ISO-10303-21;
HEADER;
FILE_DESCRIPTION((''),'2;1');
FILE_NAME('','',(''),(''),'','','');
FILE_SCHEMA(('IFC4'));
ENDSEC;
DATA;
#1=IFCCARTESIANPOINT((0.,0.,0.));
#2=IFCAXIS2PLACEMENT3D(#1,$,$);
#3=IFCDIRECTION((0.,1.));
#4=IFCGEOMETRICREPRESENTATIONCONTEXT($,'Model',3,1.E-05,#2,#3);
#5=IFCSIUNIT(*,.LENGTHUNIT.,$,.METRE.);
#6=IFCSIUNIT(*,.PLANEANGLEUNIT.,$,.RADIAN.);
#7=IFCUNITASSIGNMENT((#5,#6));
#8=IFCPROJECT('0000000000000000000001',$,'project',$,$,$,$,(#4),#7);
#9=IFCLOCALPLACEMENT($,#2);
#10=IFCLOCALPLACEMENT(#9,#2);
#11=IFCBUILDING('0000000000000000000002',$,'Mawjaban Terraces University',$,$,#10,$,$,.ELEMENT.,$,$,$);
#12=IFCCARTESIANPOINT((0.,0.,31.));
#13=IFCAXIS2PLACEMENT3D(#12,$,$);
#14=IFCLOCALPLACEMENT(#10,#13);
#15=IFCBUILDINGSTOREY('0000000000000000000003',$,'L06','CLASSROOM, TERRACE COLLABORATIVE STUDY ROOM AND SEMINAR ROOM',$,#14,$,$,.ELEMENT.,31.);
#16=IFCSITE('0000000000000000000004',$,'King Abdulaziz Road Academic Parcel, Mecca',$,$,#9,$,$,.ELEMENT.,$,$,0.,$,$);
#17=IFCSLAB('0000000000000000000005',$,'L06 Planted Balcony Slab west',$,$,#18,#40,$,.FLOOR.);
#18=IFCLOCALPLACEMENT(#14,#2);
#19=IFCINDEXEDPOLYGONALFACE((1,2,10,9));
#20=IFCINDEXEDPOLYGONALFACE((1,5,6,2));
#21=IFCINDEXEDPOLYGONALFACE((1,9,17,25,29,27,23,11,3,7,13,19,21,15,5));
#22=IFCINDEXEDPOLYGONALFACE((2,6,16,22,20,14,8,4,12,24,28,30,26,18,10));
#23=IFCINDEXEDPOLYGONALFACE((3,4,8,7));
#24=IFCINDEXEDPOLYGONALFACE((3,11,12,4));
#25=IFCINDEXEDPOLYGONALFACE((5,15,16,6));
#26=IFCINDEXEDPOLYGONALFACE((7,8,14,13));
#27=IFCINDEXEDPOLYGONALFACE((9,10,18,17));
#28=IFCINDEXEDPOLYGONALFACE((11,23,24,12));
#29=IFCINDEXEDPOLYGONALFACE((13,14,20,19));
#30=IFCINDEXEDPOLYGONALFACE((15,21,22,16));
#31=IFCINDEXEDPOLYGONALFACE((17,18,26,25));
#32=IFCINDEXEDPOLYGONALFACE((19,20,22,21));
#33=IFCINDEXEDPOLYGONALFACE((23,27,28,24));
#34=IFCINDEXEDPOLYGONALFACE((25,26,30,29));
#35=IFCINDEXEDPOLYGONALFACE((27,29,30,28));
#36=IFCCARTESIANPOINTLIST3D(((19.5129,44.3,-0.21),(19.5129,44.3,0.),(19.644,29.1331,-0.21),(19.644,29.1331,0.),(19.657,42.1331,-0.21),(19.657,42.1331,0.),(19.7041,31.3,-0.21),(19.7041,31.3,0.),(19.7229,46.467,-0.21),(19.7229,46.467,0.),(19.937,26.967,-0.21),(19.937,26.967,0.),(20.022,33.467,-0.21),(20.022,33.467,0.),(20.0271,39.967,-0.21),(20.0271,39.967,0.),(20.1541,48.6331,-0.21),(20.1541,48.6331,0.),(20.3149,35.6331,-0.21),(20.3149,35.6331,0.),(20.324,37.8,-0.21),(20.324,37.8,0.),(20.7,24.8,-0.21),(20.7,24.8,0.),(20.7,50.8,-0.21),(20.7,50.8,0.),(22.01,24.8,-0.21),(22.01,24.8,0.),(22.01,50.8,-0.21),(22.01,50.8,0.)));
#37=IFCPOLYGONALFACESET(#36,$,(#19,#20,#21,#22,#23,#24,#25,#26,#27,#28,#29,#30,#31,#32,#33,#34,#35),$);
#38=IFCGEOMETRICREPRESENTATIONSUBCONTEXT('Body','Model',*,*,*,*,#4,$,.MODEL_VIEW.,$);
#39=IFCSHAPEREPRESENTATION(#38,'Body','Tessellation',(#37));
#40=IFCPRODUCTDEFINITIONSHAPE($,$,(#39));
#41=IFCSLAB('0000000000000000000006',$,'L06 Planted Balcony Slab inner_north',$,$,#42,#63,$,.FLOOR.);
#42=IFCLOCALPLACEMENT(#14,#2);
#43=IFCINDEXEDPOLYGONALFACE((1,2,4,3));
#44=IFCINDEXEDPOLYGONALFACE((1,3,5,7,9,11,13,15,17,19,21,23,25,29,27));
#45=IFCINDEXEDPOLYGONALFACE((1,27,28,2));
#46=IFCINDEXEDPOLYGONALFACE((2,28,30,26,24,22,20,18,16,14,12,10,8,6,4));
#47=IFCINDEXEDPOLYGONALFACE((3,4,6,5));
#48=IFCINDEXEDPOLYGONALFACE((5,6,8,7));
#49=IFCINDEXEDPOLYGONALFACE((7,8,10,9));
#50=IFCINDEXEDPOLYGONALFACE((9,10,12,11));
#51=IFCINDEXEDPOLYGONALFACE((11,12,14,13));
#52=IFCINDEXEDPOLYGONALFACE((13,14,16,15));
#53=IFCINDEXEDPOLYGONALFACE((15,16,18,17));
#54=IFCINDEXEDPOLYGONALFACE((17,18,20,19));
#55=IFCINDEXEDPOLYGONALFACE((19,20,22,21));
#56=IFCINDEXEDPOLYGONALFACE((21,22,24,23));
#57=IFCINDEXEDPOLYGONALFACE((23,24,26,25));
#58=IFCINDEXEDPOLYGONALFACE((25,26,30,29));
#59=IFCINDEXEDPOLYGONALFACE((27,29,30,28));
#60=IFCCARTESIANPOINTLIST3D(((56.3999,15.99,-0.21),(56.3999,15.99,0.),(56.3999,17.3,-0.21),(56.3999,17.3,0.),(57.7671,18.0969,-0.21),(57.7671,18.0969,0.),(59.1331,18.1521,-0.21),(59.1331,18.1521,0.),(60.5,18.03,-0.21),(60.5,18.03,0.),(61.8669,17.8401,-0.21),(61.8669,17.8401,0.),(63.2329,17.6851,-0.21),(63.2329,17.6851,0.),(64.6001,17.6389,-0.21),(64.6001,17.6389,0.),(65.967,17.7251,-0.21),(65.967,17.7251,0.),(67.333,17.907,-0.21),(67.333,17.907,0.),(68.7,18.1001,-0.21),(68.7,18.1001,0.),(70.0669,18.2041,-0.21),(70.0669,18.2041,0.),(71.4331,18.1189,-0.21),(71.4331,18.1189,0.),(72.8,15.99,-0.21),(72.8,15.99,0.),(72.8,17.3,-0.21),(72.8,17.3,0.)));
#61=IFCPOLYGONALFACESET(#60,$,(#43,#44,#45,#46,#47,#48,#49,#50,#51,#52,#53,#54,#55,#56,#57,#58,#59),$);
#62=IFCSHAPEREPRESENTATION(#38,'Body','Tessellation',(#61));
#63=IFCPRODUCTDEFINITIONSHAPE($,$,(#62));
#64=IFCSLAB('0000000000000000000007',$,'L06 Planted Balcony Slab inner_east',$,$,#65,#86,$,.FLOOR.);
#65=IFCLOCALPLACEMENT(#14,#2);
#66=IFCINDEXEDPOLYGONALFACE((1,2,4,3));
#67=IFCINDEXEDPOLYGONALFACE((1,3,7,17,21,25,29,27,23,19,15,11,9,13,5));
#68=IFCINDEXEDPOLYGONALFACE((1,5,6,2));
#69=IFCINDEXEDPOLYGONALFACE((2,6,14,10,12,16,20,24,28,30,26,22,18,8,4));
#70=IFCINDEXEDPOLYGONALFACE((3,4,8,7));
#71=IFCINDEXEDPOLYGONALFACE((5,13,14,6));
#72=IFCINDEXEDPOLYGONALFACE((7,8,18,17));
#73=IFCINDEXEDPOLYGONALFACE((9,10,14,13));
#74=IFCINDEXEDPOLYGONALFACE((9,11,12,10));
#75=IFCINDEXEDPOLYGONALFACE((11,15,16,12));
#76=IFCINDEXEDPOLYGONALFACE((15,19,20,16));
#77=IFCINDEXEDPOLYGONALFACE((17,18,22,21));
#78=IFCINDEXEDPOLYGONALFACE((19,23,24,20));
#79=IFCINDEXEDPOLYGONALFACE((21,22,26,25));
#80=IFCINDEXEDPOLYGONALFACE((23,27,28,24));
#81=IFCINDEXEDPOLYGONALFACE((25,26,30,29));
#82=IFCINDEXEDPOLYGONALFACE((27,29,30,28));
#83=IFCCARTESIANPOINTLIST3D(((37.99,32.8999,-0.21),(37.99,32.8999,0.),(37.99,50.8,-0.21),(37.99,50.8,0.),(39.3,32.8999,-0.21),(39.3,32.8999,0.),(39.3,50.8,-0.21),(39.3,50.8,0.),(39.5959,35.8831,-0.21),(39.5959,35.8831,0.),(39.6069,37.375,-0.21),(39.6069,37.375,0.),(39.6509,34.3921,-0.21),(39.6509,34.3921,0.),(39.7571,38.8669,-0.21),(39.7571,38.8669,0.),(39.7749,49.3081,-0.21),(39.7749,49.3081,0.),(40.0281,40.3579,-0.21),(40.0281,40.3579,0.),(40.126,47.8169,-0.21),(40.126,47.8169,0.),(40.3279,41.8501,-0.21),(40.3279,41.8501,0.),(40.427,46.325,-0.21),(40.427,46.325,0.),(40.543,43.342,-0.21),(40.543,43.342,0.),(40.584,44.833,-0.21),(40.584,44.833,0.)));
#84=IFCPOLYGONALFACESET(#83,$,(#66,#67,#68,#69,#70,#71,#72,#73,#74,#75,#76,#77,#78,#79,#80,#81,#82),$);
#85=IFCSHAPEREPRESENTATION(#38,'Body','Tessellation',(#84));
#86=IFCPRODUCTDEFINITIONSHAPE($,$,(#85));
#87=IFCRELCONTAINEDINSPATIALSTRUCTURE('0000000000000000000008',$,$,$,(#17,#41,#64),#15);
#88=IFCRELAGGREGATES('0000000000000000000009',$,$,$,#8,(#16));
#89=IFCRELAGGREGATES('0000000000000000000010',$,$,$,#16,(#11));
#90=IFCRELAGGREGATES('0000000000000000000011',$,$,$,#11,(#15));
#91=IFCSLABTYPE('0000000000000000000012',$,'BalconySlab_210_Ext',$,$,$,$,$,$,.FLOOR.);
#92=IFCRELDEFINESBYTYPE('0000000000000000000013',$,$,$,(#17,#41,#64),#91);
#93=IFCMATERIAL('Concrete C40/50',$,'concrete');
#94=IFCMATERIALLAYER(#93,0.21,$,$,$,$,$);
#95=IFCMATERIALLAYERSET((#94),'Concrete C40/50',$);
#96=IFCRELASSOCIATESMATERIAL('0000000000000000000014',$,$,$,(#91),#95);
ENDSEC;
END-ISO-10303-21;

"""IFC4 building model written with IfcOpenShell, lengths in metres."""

from ifc_helpers import new_model, si_unit, direction, frame, origin, place, context, subcontext, project, spatial, polyline, outline, extrude, material, layer, layer_set, type_object, element, save


model = new_model("IFC4")

# Units and contexts
model_context = context("Model", 3, precision=1e-05, world=origin(), true_north=direction((0.0, 1.0)))
body_context = subcontext(model_context, "Body", "Model", "MODEL_VIEW")
ifc_project = project(units=[si_unit("LENGTHUNIT", "METRE"), si_unit("PLANEANGLEUNIT", "RADIAN")], contexts=[model_context])

# Site, building, storey
site_placement = place(None, origin())
site = spatial("IfcSite", under=ifc_project, at=site_placement, Name="King Abdulaziz Road Academic Parcel, Mecca", CompositionType="ELEMENT", RefElevation=0.0)
building_placement = place(site_placement, origin())
building = spatial("IfcBuilding", under=site, at=building_placement, Name="Mawjaban Terraces University", CompositionType="ELEMENT")
storey_placement = place(building_placement, frame((0.0, 0.0, 31.0)))
storey = spatial("IfcBuildingStorey", under=building, at=storey_placement, Name="L06", Description="CLASSROOM, TERRACE COLLABORATIVE STUDY ROOM AND SEMINAR ROOM", CompositionType="ELEMENT", Elevation=31.0)

# Slabs
ifc_material_1 = material(Name="Concrete C40/50", Category="concrete")
ifc_layer_1 = layer(ifc_material_1, 0.21)
ifc_layer_set_1 = layer_set([ifc_layer_1], Name="Concrete C40/50")
slab_type_1 = type_object("IfcSlabType", Name="BalconySlab_210_Ext", PredefinedType="FLOOR", material=ifc_layer_set_1)
slab_1_placement = place(storey_placement, frame((0.0, 0.0, -0.21)))
element("IfcSlab", 1, at=slab_1_placement, inside=storey, type_object=slab_type_1, Name="L06 Planted Balcony Slab west", PredefinedType="FLOOR", context=body_context, shape_type="SweptSolid", body=[
    extrude(outline(polyline([(22.01, 24.8), (22.01, 50.8), (20.7, 50.8), (20.1541, 48.6331), (19.7229, 46.467), (19.5129, 44.3), (19.657, 42.1331), (20.0271, 39.967), (20.324, 37.8), (20.3149, 35.6331), (20.022, 33.467), (19.7041, 31.3), (19.644, 29.1331), (19.937, 26.967), (20.7, 24.8), (22.01, 24.8)])), origin(), (0.0, 0.0, 1.0), 0.21),
])
slab_2_placement = place(storey_placement, frame((0.0, 0.0, -0.21)))
element("IfcSlab", 2, at=slab_2_placement, inside=storey, type_object=slab_type_1, Name="L06 Planted Balcony Slab inner_north", PredefinedType="FLOOR", context=body_context, shape_type="SweptSolid", body=[
    extrude(outline(polyline([(56.3999, 15.99), (72.8, 15.99), (72.8, 17.3), (71.4331, 18.1189), (70.0669, 18.2041), (68.7, 18.1001), (67.333, 17.907), (65.967, 17.7251), (64.6001, 17.6389), (63.2329, 17.6851), (61.8669, 17.8401), (60.5, 18.03), (59.1331, 18.1521), (57.7671, 18.0969), (56.3999, 17.3), (56.3999, 15.99)])), origin(), (0.0, 0.0, 1.0), 0.21),
])
slab_3_placement = place(storey_placement, frame((0.0, 0.0, -0.21)))
element("IfcSlab", 3, at=slab_3_placement, inside=storey, type_object=slab_type_1, Name="L06 Planted Balcony Slab inner_east", PredefinedType="FLOOR", context=body_context, shape_type="SweptSolid", body=[
    extrude(outline(polyline([(39.3, 32.8999), (39.6509, 34.3921), (39.5959, 35.8831), (39.6069, 37.375), (39.7571, 38.8669), (40.0281, 40.3579), (40.3279, 41.8501), (40.543, 43.342), (40.584, 44.833), (40.427, 46.325), (40.126, 47.8169), (39.7749, 49.3081), (39.3, 50.8), (37.99, 50.8), (37.99, 32.8999), (39.3, 32.8999)])), origin(), (0.0, 0.0, 1.0), 0.21),
])

save(model, "model.ifc")
